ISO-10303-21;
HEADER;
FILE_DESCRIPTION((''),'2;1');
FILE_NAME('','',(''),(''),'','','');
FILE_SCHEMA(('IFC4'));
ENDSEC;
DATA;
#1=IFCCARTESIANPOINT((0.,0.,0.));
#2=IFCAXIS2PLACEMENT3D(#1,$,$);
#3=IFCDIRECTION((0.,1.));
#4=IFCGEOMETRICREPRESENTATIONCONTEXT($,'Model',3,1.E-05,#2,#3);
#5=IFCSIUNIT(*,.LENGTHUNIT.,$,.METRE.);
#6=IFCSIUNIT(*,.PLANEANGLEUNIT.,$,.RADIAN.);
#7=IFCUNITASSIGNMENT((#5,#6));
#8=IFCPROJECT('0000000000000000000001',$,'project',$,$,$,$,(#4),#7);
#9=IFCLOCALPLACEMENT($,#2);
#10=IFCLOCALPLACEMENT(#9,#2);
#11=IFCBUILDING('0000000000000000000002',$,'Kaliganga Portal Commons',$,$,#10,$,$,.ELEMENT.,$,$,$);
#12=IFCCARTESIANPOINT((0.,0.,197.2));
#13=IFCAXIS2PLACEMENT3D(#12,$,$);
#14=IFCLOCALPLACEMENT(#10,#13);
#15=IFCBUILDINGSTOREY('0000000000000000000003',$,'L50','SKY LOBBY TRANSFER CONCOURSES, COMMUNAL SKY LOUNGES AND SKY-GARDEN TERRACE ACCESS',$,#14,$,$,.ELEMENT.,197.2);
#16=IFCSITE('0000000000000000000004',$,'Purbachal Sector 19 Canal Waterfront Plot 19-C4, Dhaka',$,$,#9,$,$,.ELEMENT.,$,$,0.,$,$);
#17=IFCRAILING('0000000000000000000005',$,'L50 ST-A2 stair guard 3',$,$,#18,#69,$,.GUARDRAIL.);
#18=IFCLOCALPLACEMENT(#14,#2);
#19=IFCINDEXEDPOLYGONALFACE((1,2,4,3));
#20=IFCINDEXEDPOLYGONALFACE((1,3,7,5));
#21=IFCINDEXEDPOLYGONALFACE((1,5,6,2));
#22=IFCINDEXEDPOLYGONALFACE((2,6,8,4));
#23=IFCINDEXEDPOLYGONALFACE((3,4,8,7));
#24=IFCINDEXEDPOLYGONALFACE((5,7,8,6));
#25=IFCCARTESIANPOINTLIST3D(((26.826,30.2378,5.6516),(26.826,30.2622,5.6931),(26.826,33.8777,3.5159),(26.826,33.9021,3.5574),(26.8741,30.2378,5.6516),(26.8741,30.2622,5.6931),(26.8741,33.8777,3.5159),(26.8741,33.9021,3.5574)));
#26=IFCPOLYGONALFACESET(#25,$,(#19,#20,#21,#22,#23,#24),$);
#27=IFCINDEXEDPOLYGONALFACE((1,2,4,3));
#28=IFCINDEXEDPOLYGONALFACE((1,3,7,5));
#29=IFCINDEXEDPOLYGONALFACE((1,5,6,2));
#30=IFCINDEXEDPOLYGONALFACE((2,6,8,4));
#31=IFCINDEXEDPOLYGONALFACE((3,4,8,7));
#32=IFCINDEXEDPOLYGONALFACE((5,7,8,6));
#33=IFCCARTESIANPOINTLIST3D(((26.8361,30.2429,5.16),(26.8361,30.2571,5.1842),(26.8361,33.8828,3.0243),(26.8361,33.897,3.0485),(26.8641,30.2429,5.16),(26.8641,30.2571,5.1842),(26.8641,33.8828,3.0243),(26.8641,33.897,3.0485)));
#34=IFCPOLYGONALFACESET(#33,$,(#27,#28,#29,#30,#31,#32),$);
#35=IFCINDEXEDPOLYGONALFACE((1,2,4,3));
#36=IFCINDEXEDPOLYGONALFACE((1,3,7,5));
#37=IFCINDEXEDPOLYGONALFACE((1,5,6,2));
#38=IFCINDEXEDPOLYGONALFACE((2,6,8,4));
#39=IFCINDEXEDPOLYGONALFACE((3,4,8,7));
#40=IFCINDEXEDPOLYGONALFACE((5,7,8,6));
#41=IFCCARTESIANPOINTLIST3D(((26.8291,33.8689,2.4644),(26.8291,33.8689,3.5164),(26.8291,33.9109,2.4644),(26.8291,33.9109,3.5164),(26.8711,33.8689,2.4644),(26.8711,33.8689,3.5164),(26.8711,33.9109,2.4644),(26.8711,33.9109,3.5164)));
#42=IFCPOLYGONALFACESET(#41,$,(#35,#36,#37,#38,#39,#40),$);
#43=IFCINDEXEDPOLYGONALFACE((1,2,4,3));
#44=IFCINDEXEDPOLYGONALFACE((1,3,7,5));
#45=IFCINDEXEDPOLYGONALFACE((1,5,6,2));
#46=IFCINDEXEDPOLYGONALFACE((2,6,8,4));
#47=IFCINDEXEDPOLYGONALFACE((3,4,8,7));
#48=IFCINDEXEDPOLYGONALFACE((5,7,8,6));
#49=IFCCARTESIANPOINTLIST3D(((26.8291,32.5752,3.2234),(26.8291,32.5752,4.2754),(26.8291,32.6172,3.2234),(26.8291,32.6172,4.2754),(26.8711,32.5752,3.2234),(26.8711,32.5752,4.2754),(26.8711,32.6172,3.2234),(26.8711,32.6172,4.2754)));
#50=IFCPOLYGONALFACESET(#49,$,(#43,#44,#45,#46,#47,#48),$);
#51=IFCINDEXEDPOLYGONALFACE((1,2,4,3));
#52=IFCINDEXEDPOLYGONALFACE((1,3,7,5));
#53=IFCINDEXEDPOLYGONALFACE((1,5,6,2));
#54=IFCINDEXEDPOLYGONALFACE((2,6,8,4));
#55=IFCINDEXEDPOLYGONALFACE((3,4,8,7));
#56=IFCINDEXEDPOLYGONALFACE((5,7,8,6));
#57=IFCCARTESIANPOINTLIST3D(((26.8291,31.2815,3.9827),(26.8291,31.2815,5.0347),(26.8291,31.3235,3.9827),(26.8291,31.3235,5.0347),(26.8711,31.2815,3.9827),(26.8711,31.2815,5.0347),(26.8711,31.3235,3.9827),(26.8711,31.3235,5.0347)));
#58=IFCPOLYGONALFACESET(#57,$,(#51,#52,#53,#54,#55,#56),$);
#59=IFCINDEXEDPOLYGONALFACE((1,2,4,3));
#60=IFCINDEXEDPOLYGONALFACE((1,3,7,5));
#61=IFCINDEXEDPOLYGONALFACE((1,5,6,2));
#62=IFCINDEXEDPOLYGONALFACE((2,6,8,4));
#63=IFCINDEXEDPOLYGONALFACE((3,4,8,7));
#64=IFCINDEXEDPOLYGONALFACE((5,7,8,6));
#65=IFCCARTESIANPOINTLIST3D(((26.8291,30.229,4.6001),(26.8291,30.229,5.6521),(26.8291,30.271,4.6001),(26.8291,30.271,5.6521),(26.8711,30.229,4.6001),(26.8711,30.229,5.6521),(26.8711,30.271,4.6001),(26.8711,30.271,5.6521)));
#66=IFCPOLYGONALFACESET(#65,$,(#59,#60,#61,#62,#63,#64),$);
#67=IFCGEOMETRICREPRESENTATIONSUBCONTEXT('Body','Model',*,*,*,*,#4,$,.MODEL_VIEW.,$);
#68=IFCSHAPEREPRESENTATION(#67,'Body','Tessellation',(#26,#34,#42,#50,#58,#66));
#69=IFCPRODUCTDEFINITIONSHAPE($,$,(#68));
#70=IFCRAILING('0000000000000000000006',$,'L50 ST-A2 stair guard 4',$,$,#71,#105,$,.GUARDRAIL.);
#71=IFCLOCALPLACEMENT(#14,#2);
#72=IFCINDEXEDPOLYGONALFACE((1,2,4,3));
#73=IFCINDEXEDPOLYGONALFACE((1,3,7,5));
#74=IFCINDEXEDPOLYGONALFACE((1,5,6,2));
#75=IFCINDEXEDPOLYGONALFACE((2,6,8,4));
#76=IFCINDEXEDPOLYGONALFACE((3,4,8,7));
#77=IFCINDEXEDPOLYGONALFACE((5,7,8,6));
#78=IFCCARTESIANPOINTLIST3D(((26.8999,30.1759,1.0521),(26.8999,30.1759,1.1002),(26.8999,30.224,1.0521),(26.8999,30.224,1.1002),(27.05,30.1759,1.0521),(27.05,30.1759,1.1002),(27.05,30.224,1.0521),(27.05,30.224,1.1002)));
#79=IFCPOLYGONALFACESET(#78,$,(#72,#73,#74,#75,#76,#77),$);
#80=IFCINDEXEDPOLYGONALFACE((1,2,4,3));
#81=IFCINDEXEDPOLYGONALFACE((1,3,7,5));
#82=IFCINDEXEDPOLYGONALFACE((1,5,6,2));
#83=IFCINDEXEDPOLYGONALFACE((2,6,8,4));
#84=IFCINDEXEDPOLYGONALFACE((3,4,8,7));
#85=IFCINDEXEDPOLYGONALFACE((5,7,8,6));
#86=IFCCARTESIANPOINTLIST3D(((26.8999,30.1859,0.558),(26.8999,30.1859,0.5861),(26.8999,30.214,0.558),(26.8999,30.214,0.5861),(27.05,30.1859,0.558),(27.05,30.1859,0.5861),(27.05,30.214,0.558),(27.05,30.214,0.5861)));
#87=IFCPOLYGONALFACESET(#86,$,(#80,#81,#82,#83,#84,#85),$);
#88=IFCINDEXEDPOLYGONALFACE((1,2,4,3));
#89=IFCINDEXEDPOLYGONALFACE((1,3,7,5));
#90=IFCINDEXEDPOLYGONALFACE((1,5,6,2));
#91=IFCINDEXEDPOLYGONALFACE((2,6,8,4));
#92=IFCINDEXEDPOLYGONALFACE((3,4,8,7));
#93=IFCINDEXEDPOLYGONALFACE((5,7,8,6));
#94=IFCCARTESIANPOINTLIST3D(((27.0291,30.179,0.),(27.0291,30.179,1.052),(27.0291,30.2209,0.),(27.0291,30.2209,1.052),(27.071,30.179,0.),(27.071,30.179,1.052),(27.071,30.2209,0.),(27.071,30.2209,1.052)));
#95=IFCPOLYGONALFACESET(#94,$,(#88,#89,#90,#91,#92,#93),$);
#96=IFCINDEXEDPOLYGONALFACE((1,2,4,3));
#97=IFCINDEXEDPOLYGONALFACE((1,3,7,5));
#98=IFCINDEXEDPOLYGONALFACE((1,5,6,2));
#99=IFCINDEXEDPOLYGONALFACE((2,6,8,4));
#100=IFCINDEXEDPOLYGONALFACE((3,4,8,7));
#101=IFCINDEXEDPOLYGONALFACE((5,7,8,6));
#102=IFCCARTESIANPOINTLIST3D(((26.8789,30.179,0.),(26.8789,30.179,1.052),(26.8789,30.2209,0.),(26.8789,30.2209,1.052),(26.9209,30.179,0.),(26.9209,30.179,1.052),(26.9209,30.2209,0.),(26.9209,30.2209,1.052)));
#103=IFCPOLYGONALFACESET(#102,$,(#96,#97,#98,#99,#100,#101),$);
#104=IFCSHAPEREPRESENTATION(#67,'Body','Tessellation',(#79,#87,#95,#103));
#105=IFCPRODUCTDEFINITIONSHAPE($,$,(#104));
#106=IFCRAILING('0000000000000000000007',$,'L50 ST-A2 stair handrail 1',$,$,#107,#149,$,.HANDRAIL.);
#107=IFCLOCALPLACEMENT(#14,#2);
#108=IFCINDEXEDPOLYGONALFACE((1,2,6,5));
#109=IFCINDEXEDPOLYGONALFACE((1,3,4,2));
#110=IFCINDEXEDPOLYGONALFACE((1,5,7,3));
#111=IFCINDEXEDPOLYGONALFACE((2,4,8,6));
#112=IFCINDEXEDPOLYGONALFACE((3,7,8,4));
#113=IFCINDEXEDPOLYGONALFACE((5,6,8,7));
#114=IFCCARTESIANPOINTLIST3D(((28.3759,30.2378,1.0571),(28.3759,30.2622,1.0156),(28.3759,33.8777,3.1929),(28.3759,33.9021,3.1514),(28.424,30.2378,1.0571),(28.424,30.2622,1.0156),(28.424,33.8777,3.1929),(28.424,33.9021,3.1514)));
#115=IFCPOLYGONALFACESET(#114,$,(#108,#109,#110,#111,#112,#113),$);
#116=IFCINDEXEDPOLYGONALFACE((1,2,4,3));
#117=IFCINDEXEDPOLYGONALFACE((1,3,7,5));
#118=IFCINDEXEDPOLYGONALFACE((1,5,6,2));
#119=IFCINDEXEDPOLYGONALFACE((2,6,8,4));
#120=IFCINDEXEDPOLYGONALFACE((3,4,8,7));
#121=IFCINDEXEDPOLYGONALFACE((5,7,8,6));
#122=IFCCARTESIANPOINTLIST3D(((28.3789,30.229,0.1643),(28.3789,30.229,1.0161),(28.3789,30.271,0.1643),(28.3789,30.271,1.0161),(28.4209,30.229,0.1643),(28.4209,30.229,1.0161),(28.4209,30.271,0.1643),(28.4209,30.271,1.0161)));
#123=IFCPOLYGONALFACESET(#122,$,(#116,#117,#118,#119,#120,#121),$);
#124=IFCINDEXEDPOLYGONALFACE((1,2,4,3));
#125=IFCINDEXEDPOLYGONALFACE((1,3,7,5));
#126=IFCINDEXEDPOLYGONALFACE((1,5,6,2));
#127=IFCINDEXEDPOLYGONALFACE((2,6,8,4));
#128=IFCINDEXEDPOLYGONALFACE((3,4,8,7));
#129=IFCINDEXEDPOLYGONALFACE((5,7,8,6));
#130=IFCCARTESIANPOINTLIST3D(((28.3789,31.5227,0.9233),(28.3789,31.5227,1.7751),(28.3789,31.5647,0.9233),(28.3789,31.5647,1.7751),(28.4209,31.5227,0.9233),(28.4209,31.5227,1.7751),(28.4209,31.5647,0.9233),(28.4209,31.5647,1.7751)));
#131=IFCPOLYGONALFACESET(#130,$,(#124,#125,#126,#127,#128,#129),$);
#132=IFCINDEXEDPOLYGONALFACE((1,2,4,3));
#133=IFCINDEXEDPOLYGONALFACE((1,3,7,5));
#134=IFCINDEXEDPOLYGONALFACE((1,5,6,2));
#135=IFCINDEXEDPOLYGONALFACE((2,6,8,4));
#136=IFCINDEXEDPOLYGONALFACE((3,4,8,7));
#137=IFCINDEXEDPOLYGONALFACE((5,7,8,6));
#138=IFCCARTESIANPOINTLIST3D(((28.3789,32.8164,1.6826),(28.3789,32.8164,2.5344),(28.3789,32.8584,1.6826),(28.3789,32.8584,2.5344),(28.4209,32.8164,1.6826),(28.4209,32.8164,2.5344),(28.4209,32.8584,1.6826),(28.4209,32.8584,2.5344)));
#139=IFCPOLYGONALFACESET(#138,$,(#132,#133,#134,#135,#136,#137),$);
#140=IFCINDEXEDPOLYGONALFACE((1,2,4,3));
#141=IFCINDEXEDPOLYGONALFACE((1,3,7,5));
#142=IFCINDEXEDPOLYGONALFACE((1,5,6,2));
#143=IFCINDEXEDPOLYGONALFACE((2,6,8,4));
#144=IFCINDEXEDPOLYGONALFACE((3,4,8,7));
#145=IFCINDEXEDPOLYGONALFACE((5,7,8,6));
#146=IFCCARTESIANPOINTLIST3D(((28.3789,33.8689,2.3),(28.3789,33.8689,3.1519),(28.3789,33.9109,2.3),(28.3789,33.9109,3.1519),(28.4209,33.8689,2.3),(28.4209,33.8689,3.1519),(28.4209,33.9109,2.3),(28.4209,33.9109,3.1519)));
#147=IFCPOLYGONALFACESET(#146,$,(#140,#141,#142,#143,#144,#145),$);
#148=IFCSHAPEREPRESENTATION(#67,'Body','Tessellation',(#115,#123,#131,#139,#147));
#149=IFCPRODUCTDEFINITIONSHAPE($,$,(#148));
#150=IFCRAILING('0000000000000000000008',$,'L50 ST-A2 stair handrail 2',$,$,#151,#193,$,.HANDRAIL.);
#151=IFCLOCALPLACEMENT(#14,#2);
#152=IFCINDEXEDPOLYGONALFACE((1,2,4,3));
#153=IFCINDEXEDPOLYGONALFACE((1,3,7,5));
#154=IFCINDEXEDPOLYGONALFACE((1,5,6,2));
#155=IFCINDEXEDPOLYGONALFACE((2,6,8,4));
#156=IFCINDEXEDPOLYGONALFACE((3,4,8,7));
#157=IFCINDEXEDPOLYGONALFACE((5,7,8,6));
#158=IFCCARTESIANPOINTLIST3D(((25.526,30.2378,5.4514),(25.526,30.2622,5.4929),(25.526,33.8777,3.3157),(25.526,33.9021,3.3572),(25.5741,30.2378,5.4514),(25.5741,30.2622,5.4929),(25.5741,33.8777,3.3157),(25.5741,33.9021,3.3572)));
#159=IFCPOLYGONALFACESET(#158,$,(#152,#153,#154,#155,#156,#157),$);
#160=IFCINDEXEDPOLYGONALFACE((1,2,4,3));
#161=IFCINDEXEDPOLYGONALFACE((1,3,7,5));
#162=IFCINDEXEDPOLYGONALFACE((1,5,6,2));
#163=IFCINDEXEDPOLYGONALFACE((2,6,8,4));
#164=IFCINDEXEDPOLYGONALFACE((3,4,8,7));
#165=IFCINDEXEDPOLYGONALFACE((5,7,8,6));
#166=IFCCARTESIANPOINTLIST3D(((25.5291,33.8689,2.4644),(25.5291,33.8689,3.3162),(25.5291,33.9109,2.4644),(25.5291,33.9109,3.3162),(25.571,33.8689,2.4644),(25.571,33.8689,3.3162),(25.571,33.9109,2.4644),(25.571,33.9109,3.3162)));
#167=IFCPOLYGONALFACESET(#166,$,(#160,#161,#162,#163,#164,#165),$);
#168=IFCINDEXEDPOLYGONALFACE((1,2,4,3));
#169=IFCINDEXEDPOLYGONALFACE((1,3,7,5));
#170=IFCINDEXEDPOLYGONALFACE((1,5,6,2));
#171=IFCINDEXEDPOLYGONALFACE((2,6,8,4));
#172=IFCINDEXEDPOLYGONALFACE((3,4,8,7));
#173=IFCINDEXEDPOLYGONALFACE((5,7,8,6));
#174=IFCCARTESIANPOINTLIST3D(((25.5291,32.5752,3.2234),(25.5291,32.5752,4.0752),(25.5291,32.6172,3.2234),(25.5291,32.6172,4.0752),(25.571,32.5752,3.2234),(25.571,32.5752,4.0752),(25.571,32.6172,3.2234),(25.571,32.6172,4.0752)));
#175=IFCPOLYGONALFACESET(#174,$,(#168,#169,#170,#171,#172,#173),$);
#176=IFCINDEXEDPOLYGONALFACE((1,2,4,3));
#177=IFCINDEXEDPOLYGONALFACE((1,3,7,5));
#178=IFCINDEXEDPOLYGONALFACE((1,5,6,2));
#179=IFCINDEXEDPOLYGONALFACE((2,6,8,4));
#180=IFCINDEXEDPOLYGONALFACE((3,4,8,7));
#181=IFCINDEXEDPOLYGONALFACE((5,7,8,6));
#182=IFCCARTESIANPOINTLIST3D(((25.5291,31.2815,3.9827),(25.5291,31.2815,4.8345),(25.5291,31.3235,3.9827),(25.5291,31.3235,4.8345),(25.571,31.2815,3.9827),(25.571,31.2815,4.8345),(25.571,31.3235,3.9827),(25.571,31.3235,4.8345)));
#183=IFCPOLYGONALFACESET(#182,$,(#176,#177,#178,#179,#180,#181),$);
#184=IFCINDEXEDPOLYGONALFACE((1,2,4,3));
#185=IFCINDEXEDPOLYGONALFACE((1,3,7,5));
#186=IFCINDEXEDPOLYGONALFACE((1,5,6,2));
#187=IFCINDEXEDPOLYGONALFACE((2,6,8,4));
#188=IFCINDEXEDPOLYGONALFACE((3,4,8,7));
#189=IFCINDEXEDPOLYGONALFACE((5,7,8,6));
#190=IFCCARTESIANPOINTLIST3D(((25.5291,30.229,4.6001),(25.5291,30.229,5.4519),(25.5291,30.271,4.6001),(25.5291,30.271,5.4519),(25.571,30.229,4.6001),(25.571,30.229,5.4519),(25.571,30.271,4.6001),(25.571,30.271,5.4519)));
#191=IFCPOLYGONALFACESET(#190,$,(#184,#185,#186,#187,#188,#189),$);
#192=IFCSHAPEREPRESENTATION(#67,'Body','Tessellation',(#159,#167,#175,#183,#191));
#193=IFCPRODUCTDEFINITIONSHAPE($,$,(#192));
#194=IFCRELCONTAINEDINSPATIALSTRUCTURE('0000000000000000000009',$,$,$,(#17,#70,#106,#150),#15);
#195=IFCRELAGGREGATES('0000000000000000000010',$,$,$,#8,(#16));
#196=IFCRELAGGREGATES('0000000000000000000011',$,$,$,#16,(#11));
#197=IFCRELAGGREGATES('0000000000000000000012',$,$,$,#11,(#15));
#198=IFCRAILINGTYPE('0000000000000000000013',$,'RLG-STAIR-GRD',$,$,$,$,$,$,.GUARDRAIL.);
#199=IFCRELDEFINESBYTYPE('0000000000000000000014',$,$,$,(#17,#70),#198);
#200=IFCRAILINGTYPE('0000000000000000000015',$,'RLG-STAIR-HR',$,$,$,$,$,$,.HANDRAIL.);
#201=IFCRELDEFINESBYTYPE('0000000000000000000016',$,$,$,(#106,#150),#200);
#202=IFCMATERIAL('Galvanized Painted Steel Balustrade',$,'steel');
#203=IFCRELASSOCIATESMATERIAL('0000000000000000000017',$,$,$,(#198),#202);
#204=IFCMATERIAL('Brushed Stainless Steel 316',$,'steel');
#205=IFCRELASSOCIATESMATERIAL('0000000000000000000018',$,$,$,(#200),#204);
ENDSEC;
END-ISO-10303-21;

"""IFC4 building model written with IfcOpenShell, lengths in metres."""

from ifc_helpers import new_model, si_unit, direction, frame, origin, origin_2d, place, context, subcontext, project, spatial, rectangle, extrude, material, type_object, element, save


model = new_model("IFC4")

# Units and contexts
model_context = context("Model", 3, precision=1e-05, world=origin(), true_north=direction((0.0, 1.0)))
body_context = subcontext(model_context, "Body", "Model", "MODEL_VIEW")
ifc_project = project(units=[si_unit("LENGTHUNIT", "METRE"), si_unit("PLANEANGLEUNIT", "RADIAN")], contexts=[model_context])

# Site, building, storey
site_placement = place(None, origin())
site = spatial("IfcSite", under=ifc_project, at=site_placement, Name="Purbachal Sector 19 Canal Waterfront Plot 19-C4, Dhaka", CompositionType="ELEMENT", RefElevation=0.0)
building_placement = place(site_placement, origin())
building = spatial("IfcBuilding", under=site, at=building_placement, Name="Kaliganga Portal Commons", CompositionType="ELEMENT")
storey_placement = place(building_placement, frame((0.0, 0.0, 197.2)))
storey = spatial("IfcBuildingStorey", under=building, at=storey_placement, Name="L50", Description="SKY LOBBY TRANSFER CONCOURSES, COMMUNAL SKY LOUNGES AND SKY-GARDEN TERRACE ACCESS", CompositionType="ELEMENT", Elevation=197.2)

# Railings
ifc_material_1 = material(Name="Galvanized Painted Steel Balustrade", Category="steel")
railing_type_1 = type_object("IfcRailingType", Name="RLG-STAIR-GRD", PredefinedType="GUARDRAIL", material=ifc_material_1)
railing_1_placement = place(storey_placement, frame((26.8501, 33.8899, 2.4644)))
element("IfcRailing", 1, at=railing_1_placement, inside=storey, type_object=railing_type_1, Name="L50 ST-A2 stair guard 3", PredefinedType="GUARDRAIL", context=body_context, shape_type="SweptSolid", body=[
    extrude(rectangle(XDim=0.0481, YDim=0.0481, at=origin_2d()), frame((0.0, 0.0, 1.0723), z_axis=(0.0, -0.86249, 0.506074), x_axis=(1.0, 0.0, 0.0)), (0.0, 0.0, 1.0), 4.2202),
    extrude(rectangle(XDim=0.0281, YDim=0.0281, at=origin_2d()), frame((0.0, 0.0, 0.572), z_axis=(0.0, -0.86249, 0.506074), x_axis=(1.0, 0.0, 0.0)), (0.0, 0.0, 1.0), 4.2202),
    extrude(rectangle(XDim=0.042, YDim=0.042, at=origin_2d()), origin(), (0.0, 0.0, 1.0), 1.052),
    extrude(rectangle(XDim=0.042, YDim=0.042, at=origin_2d()), frame((0.0, -1.2937, 0.759)), (0.0, 0.0, 1.0), 1.052),
    extrude(rectangle(XDim=0.042, YDim=0.042, at=origin_2d()), frame((0.0, -2.5874, 1.5183)), (0.0, 0.0, 1.0), 1.052),
    extrude(rectangle(XDim=0.042, YDim=0.042, at=origin_2d()), frame((0.0, -3.6399, 2.1357)), (0.0, 0.0, 1.0), 1.052),
])
railing_2_placement = place(storey_placement, frame((27.05, 30.2, 0.0)))
element("IfcRailing", 2, at=railing_2_placement, inside=storey, type_object=railing_type_1, Name="L50 ST-A2 stair guard 4", PredefinedType="GUARDRAIL", context=body_context, shape_type="SweptSolid", body=[
    extrude(rectangle(XDim=0.0481, YDim=0.0481, at=origin_2d()), frame((0.0, 0.0, 1.0762), z_axis=(-1.0, 0.0, 0.0), x_axis=(0.0, -1.0, 0.0)), (0.0, 0.0, 1.0), 0.1501),
    extrude(rectangle(XDim=0.0281, YDim=0.0281, at=origin_2d()), frame((0.0, 0.0, 0.572), z_axis=(-1.0, 0.0, 0.0), x_axis=(0.0, -1.0, 0.0)), (0.0, 0.0, 1.0), 0.1501),
    extrude(rectangle(XDim=0.042, YDim=0.042, at=origin_2d()), origin(), (0.0, 0.0, 1.0), 1.052),
    extrude(rectangle(XDim=0.042, YDim=0.042, at=origin_2d()), frame((-0.1501, 0.0, 0.0)), (0.0, 0.0, 1.0), 1.052),
])
ifc_material_2 = material(Name="Brushed Stainless Steel 316", Category="steel")
railing_type_2 = type_object("IfcRailingType", Name="RLG-STAIR-HR", PredefinedType="HANDRAIL", material=ifc_material_2)
railing_3_placement = place(storey_placement, frame((28.3999, 30.25, 0.1643)))
element("IfcRailing", 3, at=railing_3_placement, inside=storey, type_object=railing_type_2, Name="L50 ST-A2 stair handrail 1", PredefinedType="HANDRAIL", context=body_context, shape_type="SweptSolid", body=[
    extrude(rectangle(XDim=0.0481, YDim=0.0481, at=origin_2d()), frame((0.0, 0.0, 0.8721), z_axis=(0.0, 0.86249, 0.506074), x_axis=(-1.0, 0.0, 0.0)), (0.0, 0.0, 1.0), 4.2202),
    extrude(rectangle(XDim=0.042, YDim=0.042, at=origin_2d()), origin(), (0.0, 0.0, 1.0), 0.8518),
    extrude(rectangle(XDim=0.042, YDim=0.042, at=origin_2d()), frame((0.0, 1.2937, 0.759)), (0.0, 0.0, 1.0), 0.8518),
    extrude(rectangle(XDim=0.042, YDim=0.042, at=origin_2d()), frame((0.0, 2.5874, 1.5183)), (0.0, 0.0, 1.0), 0.8518),
    extrude(rectangle(XDim=0.042, YDim=0.042, at=origin_2d()), frame((0.0, 3.6399, 2.1357)), (0.0, 0.0, 1.0), 0.8518),
])
railing_4_placement = place(storey_placement, frame((25.55, 33.8899, 2.4644)))
element("IfcRailing", 4, at=railing_4_placement, inside=storey, type_object=railing_type_2, Name="L50 ST-A2 stair handrail 2", PredefinedType="HANDRAIL", context=body_context, shape_type="SweptSolid", body=[
    extrude(rectangle(XDim=0.0481, YDim=0.0481, at=origin_2d()), frame((0.0, 0.0, 0.8721), z_axis=(0.0, -0.86249, 0.506074), x_axis=(1.0, 0.0, 0.0)), (0.0, 0.0, 1.0), 4.2202),
    extrude(rectangle(XDim=0.042, YDim=0.042, at=origin_2d()), origin(), (0.0, 0.0, 1.0), 0.8518),
    extrude(rectangle(XDim=0.042, YDim=0.042, at=origin_2d()), frame((0.0, -1.2937, 0.759)), (0.0, 0.0, 1.0), 0.8518),
    extrude(rectangle(XDim=0.042, YDim=0.042, at=origin_2d()), frame((0.0, -2.5874, 1.5183)), (0.0, 0.0, 1.0), 0.8518),
    extrude(rectangle(XDim=0.042, YDim=0.042, at=origin_2d()), frame((0.0, -3.6399, 2.1357)), (0.0, 0.0, 1.0), 0.8518),
])

save(model, "model.ifc")
